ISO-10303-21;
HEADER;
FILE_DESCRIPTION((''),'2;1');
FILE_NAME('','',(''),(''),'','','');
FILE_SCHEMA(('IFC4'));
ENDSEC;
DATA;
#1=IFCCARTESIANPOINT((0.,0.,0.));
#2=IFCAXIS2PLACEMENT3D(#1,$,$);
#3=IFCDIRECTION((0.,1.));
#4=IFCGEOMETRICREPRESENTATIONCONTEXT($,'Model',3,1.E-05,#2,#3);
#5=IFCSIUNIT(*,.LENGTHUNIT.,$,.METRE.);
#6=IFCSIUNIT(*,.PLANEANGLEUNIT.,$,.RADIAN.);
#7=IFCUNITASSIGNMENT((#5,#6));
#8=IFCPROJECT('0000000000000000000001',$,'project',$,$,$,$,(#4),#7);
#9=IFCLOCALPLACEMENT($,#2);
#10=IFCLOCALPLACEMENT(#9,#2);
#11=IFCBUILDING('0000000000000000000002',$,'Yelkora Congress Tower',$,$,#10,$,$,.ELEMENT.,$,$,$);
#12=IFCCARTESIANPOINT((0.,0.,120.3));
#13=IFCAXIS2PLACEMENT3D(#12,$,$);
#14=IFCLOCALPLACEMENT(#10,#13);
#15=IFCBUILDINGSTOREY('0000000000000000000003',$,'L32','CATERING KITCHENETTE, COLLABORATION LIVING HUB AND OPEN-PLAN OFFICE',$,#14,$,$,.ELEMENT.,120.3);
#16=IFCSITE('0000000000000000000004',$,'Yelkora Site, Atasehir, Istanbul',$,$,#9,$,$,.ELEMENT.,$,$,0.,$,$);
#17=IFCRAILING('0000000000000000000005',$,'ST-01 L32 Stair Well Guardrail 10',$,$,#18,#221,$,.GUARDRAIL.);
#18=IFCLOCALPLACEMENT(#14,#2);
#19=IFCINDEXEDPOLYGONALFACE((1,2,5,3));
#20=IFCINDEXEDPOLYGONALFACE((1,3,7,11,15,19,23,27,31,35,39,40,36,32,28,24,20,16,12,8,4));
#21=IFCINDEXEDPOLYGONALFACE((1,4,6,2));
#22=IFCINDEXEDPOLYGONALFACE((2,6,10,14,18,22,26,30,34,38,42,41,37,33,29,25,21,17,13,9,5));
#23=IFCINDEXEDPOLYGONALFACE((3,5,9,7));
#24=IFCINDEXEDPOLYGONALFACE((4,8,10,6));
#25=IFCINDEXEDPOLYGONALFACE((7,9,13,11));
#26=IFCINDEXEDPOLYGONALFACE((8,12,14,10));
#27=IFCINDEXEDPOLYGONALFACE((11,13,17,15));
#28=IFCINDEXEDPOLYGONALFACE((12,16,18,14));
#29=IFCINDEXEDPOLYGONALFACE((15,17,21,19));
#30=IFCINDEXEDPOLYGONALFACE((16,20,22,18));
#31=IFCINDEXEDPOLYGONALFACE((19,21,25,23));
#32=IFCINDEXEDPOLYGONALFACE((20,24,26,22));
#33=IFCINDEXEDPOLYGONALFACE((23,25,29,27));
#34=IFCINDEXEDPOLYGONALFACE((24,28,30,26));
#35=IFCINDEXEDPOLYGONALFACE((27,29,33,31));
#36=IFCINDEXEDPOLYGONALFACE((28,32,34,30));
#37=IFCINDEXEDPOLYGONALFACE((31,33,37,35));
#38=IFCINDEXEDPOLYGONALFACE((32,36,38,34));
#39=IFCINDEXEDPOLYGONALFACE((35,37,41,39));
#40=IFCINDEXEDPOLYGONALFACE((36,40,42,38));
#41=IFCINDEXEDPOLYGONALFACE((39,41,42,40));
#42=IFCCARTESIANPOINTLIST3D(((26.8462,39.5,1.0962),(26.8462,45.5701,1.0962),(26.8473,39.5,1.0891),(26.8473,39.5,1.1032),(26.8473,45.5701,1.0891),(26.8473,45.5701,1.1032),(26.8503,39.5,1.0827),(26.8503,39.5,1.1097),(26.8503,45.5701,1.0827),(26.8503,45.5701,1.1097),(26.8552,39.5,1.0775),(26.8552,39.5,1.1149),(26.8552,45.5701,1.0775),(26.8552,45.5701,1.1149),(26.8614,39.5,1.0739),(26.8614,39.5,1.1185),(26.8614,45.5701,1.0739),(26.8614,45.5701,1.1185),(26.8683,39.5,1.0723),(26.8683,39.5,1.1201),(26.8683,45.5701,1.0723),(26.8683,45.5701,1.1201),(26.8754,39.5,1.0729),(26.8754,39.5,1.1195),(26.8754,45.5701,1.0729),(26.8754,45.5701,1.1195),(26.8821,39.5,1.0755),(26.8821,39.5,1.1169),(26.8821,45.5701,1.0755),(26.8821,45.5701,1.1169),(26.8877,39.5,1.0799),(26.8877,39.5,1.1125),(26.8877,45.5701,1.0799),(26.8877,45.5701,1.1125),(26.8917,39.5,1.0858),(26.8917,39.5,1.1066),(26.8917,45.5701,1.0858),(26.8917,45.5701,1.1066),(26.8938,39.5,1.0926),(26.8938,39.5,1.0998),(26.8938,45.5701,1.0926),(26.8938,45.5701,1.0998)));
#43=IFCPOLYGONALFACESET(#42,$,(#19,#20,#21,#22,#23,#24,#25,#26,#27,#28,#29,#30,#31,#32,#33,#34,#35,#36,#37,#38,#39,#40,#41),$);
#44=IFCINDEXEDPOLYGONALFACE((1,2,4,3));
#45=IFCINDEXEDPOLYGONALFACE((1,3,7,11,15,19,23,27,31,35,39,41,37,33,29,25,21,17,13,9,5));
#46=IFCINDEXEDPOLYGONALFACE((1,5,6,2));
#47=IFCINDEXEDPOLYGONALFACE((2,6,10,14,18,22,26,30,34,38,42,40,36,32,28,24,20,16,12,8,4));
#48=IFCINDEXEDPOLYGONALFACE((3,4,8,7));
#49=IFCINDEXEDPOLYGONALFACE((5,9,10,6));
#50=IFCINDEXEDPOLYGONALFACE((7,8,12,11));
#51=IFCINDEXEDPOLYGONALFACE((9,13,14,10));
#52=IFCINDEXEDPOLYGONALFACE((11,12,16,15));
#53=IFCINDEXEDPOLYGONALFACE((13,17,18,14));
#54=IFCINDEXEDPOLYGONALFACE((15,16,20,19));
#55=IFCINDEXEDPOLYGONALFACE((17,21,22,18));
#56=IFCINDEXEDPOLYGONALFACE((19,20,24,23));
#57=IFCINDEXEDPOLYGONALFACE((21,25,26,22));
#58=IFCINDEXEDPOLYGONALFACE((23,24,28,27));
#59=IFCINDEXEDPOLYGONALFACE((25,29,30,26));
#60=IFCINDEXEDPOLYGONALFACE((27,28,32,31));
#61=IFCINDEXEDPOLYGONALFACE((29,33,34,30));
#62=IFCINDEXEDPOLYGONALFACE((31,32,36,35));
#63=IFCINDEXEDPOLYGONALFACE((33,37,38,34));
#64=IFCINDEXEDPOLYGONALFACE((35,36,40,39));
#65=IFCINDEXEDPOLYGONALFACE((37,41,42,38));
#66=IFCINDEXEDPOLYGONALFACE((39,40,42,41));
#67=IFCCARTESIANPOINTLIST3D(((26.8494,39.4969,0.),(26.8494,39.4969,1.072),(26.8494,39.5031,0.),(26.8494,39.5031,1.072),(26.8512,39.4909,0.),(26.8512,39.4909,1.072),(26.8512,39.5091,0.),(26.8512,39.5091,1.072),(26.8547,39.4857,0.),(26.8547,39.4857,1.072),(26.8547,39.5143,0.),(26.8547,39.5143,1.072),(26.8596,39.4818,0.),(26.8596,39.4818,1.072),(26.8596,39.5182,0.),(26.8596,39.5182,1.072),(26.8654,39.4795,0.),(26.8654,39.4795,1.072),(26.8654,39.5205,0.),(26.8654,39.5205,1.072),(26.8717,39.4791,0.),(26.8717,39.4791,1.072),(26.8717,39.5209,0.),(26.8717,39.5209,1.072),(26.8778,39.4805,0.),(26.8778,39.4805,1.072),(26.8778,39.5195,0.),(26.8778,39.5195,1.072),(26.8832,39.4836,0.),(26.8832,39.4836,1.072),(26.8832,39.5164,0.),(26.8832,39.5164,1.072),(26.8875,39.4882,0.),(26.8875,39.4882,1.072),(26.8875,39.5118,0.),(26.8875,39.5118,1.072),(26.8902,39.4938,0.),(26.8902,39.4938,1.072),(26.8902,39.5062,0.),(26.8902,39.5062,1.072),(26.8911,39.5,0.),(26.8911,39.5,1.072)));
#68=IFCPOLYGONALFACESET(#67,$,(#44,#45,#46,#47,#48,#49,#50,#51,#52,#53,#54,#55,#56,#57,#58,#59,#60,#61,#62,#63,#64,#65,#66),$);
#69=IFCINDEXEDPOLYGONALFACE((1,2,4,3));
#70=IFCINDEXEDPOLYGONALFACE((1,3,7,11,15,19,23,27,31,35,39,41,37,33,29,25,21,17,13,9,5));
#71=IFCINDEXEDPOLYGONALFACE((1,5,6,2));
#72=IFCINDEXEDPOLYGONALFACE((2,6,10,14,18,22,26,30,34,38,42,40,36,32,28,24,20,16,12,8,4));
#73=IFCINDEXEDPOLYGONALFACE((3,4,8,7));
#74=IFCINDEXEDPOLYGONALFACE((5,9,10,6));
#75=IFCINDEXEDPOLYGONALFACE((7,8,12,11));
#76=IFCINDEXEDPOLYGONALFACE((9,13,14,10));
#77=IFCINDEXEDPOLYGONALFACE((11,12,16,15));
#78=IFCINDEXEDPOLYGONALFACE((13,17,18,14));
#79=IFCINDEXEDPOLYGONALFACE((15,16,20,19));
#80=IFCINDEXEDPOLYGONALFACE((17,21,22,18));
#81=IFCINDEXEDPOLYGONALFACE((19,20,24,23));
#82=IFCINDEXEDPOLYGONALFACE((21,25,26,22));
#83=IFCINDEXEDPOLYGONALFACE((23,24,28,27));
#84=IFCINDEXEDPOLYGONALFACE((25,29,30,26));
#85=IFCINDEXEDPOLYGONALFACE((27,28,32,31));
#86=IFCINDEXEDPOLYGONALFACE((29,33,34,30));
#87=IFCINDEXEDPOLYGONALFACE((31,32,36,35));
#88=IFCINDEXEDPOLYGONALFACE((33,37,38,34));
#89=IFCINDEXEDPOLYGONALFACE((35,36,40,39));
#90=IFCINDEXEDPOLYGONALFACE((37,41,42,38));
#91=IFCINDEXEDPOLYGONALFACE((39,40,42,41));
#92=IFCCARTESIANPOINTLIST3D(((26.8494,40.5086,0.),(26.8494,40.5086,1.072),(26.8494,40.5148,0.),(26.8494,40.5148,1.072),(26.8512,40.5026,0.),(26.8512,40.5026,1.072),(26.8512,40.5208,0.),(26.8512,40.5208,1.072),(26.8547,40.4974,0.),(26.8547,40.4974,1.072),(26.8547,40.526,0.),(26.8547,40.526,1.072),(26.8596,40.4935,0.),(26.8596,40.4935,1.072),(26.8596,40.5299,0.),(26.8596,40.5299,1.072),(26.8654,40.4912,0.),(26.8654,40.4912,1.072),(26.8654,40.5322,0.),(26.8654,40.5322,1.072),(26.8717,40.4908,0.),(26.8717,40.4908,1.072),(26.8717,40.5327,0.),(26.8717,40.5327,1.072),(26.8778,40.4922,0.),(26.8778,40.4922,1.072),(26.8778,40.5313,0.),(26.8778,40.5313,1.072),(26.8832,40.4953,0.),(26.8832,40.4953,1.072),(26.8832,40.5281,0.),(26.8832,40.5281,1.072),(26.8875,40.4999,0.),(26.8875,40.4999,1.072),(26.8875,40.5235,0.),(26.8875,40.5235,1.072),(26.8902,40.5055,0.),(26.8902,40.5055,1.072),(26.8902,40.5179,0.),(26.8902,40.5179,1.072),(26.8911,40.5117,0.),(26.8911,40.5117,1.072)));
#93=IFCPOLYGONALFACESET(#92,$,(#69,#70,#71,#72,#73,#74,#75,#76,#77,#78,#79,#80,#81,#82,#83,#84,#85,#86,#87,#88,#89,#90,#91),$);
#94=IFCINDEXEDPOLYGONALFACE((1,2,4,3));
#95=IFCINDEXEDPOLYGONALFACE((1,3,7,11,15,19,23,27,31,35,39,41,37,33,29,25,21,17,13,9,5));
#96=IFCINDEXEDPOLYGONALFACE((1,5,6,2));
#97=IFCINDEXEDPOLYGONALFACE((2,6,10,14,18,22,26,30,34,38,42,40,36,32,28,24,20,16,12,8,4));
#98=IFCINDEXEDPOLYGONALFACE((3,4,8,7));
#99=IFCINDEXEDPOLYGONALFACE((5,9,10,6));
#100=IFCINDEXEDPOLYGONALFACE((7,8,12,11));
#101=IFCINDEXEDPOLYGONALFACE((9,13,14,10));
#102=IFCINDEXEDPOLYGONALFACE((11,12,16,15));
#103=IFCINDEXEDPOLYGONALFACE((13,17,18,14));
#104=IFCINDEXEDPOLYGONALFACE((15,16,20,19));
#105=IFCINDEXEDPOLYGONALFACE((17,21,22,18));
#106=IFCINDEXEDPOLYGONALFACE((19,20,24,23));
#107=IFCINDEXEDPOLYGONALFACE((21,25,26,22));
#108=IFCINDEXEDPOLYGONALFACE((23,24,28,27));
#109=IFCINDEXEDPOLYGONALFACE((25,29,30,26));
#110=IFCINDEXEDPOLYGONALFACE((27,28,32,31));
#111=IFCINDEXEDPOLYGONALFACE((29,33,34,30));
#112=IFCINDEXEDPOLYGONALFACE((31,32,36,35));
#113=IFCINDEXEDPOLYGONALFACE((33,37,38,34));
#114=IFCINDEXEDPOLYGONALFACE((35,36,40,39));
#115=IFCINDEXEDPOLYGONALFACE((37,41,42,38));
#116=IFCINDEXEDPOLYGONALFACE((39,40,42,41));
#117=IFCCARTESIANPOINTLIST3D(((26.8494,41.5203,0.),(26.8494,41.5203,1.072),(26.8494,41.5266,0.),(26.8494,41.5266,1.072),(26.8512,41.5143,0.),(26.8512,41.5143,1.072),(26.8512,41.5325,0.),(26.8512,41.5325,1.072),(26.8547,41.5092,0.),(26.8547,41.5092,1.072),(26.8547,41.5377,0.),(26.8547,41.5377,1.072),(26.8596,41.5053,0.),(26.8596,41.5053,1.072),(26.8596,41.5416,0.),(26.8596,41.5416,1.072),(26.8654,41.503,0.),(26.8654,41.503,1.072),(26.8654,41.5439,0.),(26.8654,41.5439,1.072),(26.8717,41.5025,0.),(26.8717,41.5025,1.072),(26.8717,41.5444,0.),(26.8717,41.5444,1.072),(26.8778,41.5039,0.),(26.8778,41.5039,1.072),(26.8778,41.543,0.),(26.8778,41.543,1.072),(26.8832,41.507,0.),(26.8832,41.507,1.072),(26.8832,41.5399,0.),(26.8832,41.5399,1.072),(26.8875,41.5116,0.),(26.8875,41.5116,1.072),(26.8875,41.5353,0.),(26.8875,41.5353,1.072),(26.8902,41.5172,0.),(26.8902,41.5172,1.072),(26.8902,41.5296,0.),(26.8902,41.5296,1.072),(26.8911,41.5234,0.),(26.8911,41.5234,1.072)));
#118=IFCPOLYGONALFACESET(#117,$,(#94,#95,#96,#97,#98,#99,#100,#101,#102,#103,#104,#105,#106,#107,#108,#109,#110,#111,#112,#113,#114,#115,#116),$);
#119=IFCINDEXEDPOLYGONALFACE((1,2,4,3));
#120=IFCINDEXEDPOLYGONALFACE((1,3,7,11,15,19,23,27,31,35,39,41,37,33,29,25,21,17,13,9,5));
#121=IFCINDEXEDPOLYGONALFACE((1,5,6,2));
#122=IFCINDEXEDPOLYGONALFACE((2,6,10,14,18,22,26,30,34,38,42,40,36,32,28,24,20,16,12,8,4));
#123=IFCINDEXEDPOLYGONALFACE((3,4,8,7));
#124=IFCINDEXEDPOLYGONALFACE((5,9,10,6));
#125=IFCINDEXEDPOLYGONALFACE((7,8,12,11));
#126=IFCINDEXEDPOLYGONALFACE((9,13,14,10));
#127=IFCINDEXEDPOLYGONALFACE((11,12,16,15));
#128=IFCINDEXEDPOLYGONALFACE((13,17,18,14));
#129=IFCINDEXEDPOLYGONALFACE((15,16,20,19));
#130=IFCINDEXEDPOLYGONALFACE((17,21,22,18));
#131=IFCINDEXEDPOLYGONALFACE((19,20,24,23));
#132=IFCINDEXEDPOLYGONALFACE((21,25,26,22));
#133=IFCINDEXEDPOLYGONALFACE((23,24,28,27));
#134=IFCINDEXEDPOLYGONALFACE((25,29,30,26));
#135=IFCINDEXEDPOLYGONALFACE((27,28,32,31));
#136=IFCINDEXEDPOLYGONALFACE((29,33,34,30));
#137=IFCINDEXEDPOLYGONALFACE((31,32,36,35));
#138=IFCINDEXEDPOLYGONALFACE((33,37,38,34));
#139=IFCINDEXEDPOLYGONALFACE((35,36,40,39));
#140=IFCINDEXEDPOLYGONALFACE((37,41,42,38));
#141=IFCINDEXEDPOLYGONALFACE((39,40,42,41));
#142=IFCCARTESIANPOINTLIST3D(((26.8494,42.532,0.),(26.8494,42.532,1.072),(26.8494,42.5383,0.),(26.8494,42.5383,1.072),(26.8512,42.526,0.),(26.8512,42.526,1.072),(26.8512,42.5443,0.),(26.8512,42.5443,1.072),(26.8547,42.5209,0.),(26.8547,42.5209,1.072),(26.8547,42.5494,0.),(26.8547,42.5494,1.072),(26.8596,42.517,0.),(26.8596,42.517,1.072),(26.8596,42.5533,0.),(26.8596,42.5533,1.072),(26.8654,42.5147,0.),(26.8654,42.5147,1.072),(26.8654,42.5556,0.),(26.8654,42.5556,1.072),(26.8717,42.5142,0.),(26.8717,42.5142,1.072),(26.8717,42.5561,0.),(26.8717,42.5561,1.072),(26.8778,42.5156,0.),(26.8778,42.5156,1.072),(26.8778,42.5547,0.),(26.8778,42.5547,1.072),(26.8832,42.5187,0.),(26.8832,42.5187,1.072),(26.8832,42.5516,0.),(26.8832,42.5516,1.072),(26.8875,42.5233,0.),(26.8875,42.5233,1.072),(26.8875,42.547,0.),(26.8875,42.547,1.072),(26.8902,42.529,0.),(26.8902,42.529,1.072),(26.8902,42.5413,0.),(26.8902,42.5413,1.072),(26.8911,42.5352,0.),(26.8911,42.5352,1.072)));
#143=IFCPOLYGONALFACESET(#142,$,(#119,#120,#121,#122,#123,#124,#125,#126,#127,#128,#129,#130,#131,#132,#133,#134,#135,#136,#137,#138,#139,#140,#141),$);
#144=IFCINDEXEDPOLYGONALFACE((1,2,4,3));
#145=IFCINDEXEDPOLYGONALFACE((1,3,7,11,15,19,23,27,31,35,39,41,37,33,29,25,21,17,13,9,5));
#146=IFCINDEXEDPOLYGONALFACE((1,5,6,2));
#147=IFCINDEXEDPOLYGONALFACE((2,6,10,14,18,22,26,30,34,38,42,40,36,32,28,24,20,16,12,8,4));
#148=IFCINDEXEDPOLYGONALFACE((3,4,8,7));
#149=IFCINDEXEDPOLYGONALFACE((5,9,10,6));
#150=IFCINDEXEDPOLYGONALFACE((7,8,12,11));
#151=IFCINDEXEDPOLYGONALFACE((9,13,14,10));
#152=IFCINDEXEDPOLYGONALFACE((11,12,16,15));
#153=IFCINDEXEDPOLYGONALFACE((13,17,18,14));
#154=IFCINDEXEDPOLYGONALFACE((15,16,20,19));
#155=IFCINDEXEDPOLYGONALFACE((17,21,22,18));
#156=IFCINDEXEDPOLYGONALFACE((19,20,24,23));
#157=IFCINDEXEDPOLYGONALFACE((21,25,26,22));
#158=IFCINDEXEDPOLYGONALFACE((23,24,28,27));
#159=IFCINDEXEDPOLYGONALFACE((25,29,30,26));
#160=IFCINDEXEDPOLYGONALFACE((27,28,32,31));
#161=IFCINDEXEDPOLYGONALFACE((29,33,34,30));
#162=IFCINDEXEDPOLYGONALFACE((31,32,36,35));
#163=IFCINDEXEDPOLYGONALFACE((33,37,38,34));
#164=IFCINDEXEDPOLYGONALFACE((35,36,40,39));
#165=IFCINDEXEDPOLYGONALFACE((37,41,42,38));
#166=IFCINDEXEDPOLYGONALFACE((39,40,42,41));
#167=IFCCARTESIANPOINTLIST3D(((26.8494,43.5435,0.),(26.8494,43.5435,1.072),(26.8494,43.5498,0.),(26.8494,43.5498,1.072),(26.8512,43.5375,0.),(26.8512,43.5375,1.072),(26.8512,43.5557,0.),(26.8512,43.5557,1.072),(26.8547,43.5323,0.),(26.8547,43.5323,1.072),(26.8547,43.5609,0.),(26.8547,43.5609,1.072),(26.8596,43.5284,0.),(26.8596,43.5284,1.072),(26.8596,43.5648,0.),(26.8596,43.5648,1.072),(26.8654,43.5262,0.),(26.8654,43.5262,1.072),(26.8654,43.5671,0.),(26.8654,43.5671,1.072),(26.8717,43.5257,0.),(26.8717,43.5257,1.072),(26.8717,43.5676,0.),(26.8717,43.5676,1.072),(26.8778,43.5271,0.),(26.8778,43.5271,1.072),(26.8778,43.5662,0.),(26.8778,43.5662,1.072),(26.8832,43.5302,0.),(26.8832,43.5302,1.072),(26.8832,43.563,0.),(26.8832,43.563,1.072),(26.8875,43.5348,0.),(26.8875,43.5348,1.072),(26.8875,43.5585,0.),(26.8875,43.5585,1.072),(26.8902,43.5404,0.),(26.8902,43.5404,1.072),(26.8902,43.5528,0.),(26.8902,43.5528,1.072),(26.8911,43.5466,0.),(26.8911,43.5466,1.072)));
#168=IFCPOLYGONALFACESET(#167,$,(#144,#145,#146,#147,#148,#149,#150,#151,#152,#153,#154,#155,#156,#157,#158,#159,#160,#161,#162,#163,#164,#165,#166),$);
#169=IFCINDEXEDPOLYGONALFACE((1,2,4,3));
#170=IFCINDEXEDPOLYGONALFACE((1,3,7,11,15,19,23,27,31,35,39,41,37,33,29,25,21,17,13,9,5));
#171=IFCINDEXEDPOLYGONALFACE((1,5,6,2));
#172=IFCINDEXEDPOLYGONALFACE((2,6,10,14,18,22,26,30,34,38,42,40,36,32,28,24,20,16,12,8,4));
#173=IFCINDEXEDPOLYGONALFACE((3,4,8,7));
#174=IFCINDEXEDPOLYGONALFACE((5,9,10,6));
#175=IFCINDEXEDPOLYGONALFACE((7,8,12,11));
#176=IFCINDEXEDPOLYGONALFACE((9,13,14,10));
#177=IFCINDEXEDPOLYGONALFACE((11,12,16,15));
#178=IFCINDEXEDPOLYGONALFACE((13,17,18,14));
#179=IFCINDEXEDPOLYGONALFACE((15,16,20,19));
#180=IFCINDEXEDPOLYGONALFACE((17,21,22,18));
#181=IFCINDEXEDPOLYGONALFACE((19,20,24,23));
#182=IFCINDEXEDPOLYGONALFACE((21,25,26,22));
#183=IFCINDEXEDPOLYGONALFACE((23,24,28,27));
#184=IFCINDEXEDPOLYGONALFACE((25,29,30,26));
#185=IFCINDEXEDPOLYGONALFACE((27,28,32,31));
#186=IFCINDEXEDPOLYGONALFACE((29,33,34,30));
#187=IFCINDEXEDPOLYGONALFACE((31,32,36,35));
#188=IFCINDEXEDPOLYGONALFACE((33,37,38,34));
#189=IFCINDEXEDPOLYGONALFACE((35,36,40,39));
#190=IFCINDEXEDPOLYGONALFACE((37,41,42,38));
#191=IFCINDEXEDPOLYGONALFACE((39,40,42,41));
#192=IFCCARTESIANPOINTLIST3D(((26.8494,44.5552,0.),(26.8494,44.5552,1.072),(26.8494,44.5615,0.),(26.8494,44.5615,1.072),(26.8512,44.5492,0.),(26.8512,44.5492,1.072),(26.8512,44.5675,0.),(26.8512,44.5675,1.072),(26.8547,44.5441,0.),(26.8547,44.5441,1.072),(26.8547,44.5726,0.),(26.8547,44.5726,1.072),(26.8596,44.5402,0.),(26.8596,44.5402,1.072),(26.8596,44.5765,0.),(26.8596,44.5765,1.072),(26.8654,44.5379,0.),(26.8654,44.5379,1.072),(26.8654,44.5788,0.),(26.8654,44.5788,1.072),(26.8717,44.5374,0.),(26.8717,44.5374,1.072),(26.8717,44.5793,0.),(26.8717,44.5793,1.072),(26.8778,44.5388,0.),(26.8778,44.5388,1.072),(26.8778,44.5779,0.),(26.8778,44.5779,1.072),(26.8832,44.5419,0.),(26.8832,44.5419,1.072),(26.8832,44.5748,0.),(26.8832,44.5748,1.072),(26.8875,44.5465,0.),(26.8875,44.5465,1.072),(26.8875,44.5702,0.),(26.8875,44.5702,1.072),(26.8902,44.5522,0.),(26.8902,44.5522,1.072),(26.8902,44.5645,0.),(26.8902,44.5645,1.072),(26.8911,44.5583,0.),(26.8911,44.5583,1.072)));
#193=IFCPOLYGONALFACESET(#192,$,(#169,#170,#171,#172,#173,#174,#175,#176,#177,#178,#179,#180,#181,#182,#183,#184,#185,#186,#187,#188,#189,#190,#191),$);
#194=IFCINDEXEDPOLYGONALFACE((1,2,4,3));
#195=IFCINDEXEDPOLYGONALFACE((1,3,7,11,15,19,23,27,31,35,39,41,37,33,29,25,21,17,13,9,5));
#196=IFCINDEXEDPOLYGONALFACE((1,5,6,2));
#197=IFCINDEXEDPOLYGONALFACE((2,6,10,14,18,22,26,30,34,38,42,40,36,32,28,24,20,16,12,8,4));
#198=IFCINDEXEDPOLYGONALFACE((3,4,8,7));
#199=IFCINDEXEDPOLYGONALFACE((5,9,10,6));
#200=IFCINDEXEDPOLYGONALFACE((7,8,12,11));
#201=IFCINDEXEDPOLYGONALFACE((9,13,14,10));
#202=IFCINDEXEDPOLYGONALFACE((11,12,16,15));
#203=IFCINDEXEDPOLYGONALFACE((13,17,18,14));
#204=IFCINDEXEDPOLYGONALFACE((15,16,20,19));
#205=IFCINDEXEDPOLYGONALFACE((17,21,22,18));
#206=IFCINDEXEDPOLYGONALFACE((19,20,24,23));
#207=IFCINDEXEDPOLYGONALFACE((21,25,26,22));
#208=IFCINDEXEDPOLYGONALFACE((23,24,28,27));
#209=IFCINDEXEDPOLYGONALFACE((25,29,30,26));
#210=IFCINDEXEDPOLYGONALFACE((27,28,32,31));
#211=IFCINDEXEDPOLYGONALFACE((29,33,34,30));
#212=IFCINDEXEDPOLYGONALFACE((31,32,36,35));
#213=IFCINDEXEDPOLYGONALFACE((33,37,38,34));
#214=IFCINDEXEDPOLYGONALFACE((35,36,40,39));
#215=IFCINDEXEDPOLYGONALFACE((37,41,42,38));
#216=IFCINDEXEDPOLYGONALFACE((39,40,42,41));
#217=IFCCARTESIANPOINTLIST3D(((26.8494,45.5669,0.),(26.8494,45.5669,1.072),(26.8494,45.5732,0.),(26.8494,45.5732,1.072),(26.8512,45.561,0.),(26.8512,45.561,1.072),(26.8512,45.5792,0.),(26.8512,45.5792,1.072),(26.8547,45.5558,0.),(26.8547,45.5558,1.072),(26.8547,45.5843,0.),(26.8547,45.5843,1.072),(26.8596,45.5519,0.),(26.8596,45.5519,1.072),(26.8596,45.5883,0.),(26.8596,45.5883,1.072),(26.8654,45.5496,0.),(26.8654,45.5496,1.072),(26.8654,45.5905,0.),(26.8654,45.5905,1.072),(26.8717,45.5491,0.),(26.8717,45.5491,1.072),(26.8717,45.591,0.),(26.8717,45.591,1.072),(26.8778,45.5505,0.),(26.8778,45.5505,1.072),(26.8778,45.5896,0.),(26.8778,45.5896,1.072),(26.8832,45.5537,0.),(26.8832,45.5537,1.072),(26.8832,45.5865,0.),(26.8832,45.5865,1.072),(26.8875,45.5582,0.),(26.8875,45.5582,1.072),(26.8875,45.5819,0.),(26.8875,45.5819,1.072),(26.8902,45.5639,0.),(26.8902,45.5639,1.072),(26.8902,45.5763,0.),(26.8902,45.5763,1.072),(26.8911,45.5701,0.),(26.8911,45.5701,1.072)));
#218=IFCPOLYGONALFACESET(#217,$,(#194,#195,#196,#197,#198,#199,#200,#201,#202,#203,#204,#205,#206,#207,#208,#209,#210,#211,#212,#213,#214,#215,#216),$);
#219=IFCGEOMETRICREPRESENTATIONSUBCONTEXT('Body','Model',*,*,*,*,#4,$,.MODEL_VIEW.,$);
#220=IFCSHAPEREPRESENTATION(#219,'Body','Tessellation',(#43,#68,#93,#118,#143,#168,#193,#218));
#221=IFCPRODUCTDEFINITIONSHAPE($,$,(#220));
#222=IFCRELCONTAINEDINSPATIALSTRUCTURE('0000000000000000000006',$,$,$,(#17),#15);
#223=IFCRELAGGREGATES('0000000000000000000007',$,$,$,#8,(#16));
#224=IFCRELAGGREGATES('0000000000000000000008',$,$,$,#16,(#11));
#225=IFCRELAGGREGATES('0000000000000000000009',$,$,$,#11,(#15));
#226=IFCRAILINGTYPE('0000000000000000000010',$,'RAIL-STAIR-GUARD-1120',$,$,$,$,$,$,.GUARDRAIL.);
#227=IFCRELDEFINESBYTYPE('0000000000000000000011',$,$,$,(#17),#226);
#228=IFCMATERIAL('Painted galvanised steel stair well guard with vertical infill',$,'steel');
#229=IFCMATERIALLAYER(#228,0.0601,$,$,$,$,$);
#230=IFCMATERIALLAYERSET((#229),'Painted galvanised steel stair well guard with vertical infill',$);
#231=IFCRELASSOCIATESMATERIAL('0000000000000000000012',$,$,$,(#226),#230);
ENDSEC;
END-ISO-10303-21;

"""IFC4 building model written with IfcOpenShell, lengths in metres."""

from ifc_helpers import new_model, si_unit, direction, frame, origin, origin_2d, place, context, subcontext, project, spatial, circle, extrude, material, layer, layer_set, type_object, element, save


model = new_model("IFC4")

# Units and contexts
model_context = context("Model", 3, precision=1e-05, world=origin(), true_north=direction((0.0, 1.0)))
body_context = subcontext(model_context, "Body", "Model", "MODEL_VIEW")
ifc_project = project(units=[si_unit("LENGTHUNIT", "METRE"), si_unit("PLANEANGLEUNIT", "RADIAN")], contexts=[model_context])

# Site, building, storey
site_placement = place(None, origin())
site = spatial("IfcSite", under=ifc_project, at=site_placement, Name="Yelkora Site, Atasehir, Istanbul", CompositionType="ELEMENT", RefElevation=0.0)
building_placement = place(site_placement, origin())
building = spatial("IfcBuilding", under=site, at=building_placement, Name="Yelkora Congress Tower", CompositionType="ELEMENT")
storey_placement = place(building_placement, frame((0.0, 0.0, 120.3)))
storey = spatial("IfcBuildingStorey", under=building, at=storey_placement, Name="L32", Description="CATERING KITCHENETTE, COLLABORATION LIVING HUB AND OPEN-PLAN OFFICE", CompositionType="ELEMENT", Elevation=120.3)

# Railing
ifc_material_1 = material(Name="Painted galvanised steel stair well guard with vertical infill", Category="steel")
ifc_layer_1 = layer(ifc_material_1, 0.0601)
ifc_layer_set_1 = layer_set([ifc_layer_1], Name="Painted galvanised steel stair well guard with vertical infill")
railing_type_1 = type_object("IfcRailingType", Name="RAIL-STAIR-GUARD-1120", PredefinedType="GUARDRAIL", material=ifc_layer_set_1)
railing_1_placement = place(storey_placement, frame((26.8701, 39.5, 0.0)))
element("IfcRailing", 1, at=railing_1_placement, inside=storey, type_object=railing_type_1, Name="ST-01 L32 Stair Well Guardrail 10", PredefinedType="GUARDRAIL", context=body_context, shape_type="SweptSolid", body=[
    extrude(circle(Radius=0.0239, at=origin_2d()), frame((0.0, 0.0, 1.0962), z_axis=(0.0, 1.0, 0.0), x_axis=(-1.0, 0.0, 0.0)), (0.0, 0.0, 1.0), 6.0701),
    extrude(circle(Radius=0.021, at=origin_2d()), origin(), (0.0, 0.0, 1.0), 1.072),
    extrude(circle(Radius=0.021, at=origin_2d()), frame((0.0, 1.0117, 0.0)), (0.0, 0.0, 1.0), 1.072),
    extrude(circle(Radius=0.021, at=origin_2d()), frame((0.0, 2.0234, 0.0)), (0.0, 0.0, 1.0), 1.072),
    extrude(circle(Radius=0.021, at=origin_2d()), frame((0.0, 3.0352, 0.0)), (0.0, 0.0, 1.0), 1.072),
    extrude(circle(Radius=0.021, at=origin_2d()), frame((0.0, 4.0466, 0.0)), (0.0, 0.0, 1.0), 1.072),
    extrude(circle(Radius=0.021, at=origin_2d()), frame((0.0, 5.0583, 0.0)), (0.0, 0.0, 1.0), 1.072),
    extrude(circle(Radius=0.021, at=origin_2d()), frame((0.0, 6.0701, 0.0)), (0.0, 0.0, 1.0), 1.072),
])

save(model, "model.ifc")
